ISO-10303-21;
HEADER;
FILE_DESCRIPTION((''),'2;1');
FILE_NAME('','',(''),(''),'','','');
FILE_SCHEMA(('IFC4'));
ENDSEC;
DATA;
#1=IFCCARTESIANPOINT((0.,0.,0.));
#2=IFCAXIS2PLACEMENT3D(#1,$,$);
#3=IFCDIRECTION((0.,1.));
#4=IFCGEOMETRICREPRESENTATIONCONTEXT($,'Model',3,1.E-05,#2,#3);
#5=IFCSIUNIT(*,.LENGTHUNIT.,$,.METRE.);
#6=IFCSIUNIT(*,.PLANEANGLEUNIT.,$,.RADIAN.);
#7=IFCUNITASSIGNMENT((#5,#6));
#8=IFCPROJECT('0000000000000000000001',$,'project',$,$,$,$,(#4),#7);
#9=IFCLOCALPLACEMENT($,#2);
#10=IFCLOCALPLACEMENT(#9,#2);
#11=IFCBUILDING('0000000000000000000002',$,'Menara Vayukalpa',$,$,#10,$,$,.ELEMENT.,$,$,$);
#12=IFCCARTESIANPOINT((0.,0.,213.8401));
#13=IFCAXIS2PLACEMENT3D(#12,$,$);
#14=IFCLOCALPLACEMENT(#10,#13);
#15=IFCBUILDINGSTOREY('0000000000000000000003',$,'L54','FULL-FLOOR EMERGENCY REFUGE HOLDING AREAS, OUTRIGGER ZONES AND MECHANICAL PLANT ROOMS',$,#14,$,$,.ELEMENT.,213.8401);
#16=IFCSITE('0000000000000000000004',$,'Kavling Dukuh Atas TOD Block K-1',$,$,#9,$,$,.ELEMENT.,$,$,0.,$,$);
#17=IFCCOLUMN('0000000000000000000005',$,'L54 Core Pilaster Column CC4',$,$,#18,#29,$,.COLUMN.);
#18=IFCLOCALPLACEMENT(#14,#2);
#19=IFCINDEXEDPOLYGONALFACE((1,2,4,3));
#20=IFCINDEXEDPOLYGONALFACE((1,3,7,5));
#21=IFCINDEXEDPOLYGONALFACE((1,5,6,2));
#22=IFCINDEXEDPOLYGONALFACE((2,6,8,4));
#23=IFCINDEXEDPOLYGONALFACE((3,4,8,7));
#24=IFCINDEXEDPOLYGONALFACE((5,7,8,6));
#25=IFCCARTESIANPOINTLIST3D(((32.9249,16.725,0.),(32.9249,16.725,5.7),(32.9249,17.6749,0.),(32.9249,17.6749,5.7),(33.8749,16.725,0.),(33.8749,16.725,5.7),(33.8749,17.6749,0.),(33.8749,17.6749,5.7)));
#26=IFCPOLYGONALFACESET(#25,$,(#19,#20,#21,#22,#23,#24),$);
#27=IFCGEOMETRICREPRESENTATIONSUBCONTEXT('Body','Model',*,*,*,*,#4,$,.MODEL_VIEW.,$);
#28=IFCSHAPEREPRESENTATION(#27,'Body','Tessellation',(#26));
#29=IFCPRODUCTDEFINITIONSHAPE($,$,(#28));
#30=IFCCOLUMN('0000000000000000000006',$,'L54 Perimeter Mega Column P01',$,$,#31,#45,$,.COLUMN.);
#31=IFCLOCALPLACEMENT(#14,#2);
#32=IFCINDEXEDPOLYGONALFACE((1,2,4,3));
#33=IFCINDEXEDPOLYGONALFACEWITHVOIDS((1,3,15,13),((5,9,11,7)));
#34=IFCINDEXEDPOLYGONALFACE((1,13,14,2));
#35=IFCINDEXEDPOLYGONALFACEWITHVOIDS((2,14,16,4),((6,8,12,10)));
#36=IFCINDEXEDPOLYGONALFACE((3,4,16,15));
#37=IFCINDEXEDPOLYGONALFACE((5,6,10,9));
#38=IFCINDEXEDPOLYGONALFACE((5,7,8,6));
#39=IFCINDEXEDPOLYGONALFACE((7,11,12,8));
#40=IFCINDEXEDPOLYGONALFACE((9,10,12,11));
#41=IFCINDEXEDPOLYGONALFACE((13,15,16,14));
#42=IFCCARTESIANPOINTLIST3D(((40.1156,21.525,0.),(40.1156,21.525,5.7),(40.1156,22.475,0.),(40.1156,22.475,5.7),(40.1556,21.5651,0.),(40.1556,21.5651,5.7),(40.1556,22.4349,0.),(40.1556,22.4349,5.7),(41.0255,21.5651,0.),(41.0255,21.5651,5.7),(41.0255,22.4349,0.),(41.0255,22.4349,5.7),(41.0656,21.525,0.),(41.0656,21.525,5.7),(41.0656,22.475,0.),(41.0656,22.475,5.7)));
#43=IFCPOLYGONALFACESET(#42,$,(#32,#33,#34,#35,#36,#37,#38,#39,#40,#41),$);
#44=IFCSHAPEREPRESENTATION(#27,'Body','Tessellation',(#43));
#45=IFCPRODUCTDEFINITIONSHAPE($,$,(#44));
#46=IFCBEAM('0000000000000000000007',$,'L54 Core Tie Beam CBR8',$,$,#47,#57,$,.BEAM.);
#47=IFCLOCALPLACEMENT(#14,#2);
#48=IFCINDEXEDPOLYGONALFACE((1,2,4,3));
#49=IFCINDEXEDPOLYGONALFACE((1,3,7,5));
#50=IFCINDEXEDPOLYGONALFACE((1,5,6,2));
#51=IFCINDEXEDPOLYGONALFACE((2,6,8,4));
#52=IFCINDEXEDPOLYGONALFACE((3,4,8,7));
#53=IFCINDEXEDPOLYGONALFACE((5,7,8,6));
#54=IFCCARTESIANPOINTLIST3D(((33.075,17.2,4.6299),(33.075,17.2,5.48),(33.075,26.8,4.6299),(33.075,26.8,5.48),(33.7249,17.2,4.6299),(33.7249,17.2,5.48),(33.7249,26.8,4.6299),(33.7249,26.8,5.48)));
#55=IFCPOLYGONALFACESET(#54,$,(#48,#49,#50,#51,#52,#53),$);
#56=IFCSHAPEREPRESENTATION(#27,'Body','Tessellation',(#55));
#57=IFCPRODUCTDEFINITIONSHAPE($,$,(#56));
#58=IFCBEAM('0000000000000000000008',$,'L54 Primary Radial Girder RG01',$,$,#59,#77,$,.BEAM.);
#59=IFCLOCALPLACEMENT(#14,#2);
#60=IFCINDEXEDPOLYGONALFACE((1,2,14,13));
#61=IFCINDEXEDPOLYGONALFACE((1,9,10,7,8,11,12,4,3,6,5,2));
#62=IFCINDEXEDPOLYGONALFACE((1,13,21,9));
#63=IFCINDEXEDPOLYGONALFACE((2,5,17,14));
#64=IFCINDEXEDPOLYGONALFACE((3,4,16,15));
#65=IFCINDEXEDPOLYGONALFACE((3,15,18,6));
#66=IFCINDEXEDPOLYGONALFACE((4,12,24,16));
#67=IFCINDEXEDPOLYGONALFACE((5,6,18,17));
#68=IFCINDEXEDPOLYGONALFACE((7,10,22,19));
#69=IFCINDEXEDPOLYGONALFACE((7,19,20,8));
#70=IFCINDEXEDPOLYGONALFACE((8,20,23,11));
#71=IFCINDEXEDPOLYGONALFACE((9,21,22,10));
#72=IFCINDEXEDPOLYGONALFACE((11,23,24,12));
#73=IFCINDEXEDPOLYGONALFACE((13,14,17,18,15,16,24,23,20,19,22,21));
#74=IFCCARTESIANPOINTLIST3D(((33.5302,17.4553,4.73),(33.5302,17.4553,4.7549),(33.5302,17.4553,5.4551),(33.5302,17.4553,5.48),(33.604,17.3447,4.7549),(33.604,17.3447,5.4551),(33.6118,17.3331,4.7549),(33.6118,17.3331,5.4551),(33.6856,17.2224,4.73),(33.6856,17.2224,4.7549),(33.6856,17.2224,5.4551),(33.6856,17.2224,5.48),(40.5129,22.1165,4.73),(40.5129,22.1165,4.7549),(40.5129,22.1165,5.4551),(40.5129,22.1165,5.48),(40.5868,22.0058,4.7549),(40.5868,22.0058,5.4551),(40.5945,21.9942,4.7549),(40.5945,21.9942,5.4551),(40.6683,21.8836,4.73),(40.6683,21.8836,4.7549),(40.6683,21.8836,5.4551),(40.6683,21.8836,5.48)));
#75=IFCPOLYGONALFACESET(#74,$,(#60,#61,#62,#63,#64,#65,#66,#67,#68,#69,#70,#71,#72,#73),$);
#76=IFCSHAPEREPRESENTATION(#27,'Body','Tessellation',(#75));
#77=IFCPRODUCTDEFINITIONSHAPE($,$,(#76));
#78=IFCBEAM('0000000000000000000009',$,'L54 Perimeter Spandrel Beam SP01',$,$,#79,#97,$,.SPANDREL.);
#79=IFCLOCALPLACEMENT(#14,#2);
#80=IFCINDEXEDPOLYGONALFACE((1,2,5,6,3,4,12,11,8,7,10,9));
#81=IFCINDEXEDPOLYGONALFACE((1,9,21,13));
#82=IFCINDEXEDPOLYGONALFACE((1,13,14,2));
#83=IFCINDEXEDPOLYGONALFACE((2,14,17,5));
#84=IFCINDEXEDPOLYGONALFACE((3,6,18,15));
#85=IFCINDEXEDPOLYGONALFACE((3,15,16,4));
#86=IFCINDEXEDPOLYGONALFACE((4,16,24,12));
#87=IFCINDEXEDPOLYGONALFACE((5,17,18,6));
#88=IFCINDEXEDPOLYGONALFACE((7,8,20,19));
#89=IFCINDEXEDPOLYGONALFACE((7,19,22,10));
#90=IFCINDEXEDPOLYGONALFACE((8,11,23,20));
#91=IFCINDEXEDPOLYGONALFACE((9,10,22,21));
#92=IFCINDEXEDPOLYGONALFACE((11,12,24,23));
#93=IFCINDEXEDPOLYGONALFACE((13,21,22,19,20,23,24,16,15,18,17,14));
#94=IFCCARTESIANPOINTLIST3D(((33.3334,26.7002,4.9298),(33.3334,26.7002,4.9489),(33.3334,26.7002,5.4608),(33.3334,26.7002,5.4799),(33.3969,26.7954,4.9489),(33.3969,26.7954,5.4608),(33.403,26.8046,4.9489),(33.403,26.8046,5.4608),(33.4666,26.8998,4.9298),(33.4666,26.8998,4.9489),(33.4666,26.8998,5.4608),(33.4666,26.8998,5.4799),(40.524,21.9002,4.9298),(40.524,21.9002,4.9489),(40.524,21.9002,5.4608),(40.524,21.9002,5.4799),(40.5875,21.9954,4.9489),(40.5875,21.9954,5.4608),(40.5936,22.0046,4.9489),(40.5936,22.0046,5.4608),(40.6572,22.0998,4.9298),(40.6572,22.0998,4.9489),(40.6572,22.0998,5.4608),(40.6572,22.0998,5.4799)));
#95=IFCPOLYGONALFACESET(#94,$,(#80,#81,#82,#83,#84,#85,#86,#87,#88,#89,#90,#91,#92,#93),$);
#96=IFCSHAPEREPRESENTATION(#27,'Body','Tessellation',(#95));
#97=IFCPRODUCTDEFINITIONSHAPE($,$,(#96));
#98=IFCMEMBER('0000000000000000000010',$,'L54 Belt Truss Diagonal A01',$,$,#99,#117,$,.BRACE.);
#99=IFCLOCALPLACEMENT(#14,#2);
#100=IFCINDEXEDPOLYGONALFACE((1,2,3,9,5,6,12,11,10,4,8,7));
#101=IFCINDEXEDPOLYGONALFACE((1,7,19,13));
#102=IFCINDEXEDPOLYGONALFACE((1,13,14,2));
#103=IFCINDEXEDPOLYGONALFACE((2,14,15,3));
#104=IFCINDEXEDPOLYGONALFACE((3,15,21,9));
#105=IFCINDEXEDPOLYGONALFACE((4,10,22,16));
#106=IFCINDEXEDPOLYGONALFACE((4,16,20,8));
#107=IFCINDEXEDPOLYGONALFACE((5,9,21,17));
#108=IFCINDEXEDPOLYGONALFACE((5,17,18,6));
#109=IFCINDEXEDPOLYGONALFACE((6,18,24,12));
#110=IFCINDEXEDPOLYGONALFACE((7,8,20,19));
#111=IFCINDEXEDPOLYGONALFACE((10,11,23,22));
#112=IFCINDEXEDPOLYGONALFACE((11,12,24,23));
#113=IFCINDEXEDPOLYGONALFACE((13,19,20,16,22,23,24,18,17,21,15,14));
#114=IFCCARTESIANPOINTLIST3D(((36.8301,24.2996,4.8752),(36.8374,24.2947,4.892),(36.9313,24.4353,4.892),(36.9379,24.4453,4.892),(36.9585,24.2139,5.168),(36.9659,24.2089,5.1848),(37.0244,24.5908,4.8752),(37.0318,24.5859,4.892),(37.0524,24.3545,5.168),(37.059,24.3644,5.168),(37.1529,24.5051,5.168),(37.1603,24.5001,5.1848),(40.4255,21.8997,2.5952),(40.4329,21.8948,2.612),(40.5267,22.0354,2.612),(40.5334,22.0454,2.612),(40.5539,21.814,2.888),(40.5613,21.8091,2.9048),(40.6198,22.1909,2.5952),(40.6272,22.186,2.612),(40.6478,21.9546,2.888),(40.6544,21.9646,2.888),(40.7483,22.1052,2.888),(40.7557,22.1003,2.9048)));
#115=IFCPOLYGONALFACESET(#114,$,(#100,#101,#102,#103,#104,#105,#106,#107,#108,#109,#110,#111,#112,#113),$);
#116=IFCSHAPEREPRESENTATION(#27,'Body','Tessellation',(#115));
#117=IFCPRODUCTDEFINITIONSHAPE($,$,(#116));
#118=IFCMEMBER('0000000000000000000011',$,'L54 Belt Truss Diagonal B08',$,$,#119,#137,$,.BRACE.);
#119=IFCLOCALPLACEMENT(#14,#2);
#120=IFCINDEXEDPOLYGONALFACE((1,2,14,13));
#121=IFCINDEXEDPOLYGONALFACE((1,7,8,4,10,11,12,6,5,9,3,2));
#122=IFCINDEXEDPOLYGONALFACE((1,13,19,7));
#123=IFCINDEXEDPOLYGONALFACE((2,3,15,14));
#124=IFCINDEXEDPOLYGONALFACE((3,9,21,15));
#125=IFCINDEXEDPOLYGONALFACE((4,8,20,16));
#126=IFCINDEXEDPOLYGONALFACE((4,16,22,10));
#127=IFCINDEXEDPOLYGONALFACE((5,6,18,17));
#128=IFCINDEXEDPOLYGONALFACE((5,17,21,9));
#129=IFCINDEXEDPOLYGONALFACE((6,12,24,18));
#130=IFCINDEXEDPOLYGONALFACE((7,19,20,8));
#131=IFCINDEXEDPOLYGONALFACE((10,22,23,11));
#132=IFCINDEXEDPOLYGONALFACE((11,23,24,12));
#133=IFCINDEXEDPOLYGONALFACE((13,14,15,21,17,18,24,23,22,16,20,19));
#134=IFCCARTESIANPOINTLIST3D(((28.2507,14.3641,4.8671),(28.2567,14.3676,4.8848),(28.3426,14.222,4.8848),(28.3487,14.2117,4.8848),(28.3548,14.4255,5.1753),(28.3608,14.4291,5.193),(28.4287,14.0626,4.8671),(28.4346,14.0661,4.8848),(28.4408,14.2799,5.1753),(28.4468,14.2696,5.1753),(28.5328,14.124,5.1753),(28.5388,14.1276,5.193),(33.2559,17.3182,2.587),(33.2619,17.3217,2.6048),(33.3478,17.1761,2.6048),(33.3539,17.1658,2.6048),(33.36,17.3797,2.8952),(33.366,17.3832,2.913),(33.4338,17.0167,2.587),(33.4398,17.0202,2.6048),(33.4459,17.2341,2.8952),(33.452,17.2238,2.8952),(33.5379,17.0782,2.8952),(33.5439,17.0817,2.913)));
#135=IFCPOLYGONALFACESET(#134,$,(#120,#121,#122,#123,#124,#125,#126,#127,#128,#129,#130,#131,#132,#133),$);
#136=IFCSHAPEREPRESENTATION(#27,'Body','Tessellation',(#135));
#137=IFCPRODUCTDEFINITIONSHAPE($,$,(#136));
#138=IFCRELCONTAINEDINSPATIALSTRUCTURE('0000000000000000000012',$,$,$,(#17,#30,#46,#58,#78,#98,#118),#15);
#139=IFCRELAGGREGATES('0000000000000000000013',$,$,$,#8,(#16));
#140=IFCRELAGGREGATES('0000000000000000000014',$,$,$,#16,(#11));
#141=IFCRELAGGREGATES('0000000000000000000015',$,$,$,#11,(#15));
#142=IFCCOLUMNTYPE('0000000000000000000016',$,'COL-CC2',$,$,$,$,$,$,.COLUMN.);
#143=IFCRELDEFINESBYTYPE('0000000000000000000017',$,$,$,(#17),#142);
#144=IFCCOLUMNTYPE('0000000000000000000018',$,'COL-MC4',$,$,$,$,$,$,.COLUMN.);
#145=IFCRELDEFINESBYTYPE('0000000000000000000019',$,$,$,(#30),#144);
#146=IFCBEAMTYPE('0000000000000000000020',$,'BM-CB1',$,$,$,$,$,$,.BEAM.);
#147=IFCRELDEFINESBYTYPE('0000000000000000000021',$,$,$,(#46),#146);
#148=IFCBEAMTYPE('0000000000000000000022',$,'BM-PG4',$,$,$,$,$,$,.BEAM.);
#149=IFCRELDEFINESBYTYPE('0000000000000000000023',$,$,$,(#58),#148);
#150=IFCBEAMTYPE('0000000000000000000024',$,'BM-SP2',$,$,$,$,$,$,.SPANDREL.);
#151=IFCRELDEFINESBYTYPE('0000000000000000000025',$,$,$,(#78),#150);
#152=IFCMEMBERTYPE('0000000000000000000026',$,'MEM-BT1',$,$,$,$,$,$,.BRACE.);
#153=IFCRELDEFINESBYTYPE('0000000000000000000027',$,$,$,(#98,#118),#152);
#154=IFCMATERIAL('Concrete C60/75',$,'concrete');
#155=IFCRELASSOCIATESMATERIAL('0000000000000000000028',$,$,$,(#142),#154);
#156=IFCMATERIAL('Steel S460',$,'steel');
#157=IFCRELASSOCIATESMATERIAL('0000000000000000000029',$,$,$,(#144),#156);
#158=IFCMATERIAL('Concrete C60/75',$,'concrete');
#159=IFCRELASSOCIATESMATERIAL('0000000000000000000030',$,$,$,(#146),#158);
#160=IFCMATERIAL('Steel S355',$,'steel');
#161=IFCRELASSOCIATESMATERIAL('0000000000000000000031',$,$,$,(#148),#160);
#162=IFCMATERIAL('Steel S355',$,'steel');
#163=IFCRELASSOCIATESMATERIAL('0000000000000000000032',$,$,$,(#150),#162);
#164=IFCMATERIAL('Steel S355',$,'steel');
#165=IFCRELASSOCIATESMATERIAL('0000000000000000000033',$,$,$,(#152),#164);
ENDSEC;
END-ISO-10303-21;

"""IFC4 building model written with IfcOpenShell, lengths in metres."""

from ifc_helpers import new_model, si_unit, direction, frame, origin, origin_2d, place, context, subcontext, project, spatial, rectangle, hollow_rectangle, i_section, extrude, material, material_profile, profile_set, type_object, element, save


model = new_model("IFC4")

# Units and contexts
model_context = context("Model", 3, precision=1e-05, world=origin(), true_north=direction((0.0, 1.0)))
body_context = subcontext(model_context, "Body", "Model", "MODEL_VIEW")
ifc_project = project(units=[si_unit("LENGTHUNIT", "METRE"), si_unit("PLANEANGLEUNIT", "RADIAN")], contexts=[model_context])

# Site, building, storey
site_placement = place(None, origin())
site = spatial("IfcSite", under=ifc_project, at=site_placement, Name="Kavling Dukuh Atas TOD Block K-1", CompositionType="ELEMENT", RefElevation=0.0)
building_placement = place(site_placement, origin())
building = spatial("IfcBuilding", under=site, at=building_placement, Name="Menara Vayukalpa", CompositionType="ELEMENT")
storey_placement = place(building_placement, frame((0.0, 0.0, 213.8401)))
storey = spatial("IfcBuildingStorey", under=building, at=storey_placement, Name="L54", Description="FULL-FLOOR EMERGENCY REFUGE HOLDING AREAS, OUTRIGGER ZONES AND MECHANICAL PLANT ROOMS", CompositionType="ELEMENT", Elevation=213.8401)

# Columns
ifc_material_1 = material(Name="Concrete C60/75", Category="concrete")
ifc_material_profile_1 = material_profile(ifc_material_1, rectangle(XDim=0.95, YDim=0.95, at=origin_2d()), Name="RC 950x950")
ifc_profile_set_1 = profile_set([ifc_material_profile_1], Name="Concrete C60/75")
column_type_1 = type_object("IfcColumnType", Name="COL-CC2", PredefinedType="COLUMN", material=ifc_profile_set_1)
column_1_placement = place(storey_placement, frame((33.3999, 17.2, 0.0), z_axis=(0.0, 0.0, 1.0), x_axis=(1.0, 0.0, 0.0)))
element("IfcColumn", 1, at=column_1_placement, inside=storey, type_object=column_type_1, Name="L54 Core Pilaster Column CC4", PredefinedType="COLUMN", context=body_context, shape_type="SweptSolid", body=[
    extrude(rectangle(XDim=0.95, YDim=0.95, at=origin_2d()), origin(), (0.0, 0.0, 1.0), 5.7),
])
ifc_material_2 = material(Name="Steel S460", Category="steel")
ifc_material_profile_2 = material_profile(ifc_material_2, hollow_rectangle(XDim=0.95, YDim=0.95, WallThickness=0.04, at=origin_2d()), Name="BOX 950x950x40")
ifc_profile_set_2 = profile_set([ifc_material_profile_2], Name="Steel S460")
column_type_2 = type_object("IfcColumnType", Name="COL-MC4", PredefinedType="COLUMN", material=ifc_profile_set_2)
column_2_placement = place(storey_placement, frame((40.5906, 22.0, 0.0), z_axis=(0.0, 0.0, 1.0), x_axis=(1.0, 0.0, 0.0)))
element("IfcColumn", 2, at=column_2_placement, inside=storey, type_object=column_type_2, Name="L54 Perimeter Mega Column P01", PredefinedType="COLUMN", context=body_context, shape_type="SweptSolid", body=[
    extrude(hollow_rectangle(XDim=0.95, YDim=0.95, WallThickness=0.04, at=origin_2d()), origin(), (0.0, 0.0, 1.0), 5.7),
])

# Beams
ifc_material_3 = material(Name="Concrete C60/75", Category="concrete")
ifc_material_profile_3 = material_profile(ifc_material_3, rectangle(XDim=0.6499, YDim=0.8501, at=origin_2d()), Name="RC 650x850")
ifc_profile_set_3 = profile_set([ifc_material_profile_3], Name="Concrete C60/75")
beam_type_1 = type_object("IfcBeamType", Name="BM-CB1", PredefinedType="BEAM", material=ifc_profile_set_3)
beam_1_placement = place(storey_placement, frame((33.3999, 17.2, 5.0549), z_axis=(0.0, 1.0, 0.0), x_axis=(-1.0, 0.0, 0.0)))
element("IfcBeam", 3, at=beam_1_placement, inside=storey, type_object=beam_type_1, Name="L54 Core Tie Beam CBR8", PredefinedType="BEAM", context=body_context, shape_type="SweptSolid", body=[
    extrude(rectangle(XDim=0.6499, YDim=0.8501, at=origin_2d()), origin(), (0.0, 0.0, 1.0), 9.6001),
])
ifc_material_4 = material(Name="Steel S355", Category="steel")
ifc_material_profile_4 = material_profile(ifc_material_4, i_section(OverallWidth=0.28, OverallDepth=0.75, WebThickness=0.0139, FlangeThickness=0.0249, at=origin_2d()), Name="WF 750x280x14x25")
ifc_profile_set_4 = profile_set([ifc_material_profile_4], Name="Steel S355")
beam_type_2 = type_object("IfcBeamType", Name="BM-PG4", PredefinedType="BEAM", material=ifc_profile_set_4)
beam_2_placement = place(storey_placement, frame((33.6079, 17.3389, 5.105), z_axis=(0.831719, 0.555197, 0.0), x_axis=(-0.555197, 0.831719, 0.0)))
element("IfcBeam", 4, at=beam_2_placement, inside=storey, type_object=beam_type_2, Name="L54 Primary Radial Girder RG01", PredefinedType="BEAM", context=body_context, shape_type="SweptSolid", body=[
    extrude(i_section(OverallWidth=0.28, OverallDepth=0.75, WebThickness=0.0139, FlangeThickness=0.0249, at=origin_2d()), origin(), (0.0, 0.0, 1.0), 8.3955),
])
ifc_material_5 = material(Name="Steel S355", Category="steel")
ifc_material_profile_5 = material_profile(ifc_material_5, i_section(OverallWidth=0.24, OverallDepth=0.55, WebThickness=0.011, FlangeThickness=0.019, at=origin_2d()), Name="WF 550x240x11x19")
ifc_profile_set_5 = profile_set([ifc_material_profile_5], Name="Steel S355")
beam_type_3 = type_object("IfcBeamType", Name="BM-SP2", PredefinedType="SPANDREL", material=ifc_profile_set_5)
beam_3_placement = place(storey_placement, frame((40.5906, 22.0, 5.2048), z_axis=(-0.831716, 0.555202, 0.0), x_axis=(-0.555202, -0.831716, 0.0)))
element("IfcBeam", 5, at=beam_3_placement, inside=storey, type_object=beam_type_3, Name="L54 Perimeter Spandrel Beam SP01", PredefinedType="SPANDREL", context=body_context, shape_type="SweptSolid", body=[
    extrude(i_section(OverallWidth=0.24, OverallDepth=0.55, WebThickness=0.011, FlangeThickness=0.019, at=origin_2d()), origin(), (0.0, 0.0, 1.0), 8.6455),
])

# Members
ifc_material_6 = material(Name="Steel S355", Category="steel")
ifc_material_profile_6 = material_profile(ifc_material_6, i_section(OverallWidth=0.3501, OverallDepth=0.3501, WebThickness=0.012, FlangeThickness=0.019, at=origin_2d()), Name="H 350x350x12x19")
ifc_profile_set_6 = profile_set([ifc_material_profile_6], Name="Steel S355")
member_type_1 = type_object("IfcMemberType", Name="MEM-BT1", PredefinedType="BRACE", material=ifc_profile_set_6)
member_1_placement = place(storey_placement, frame((40.5906, 22.0, 2.75), z_axis=(-0.735679, 0.491052, 0.466524), x_axis=(-0.555169, -0.831737, 0.0)))
element("IfcMember", 6, at=member_1_placement, inside=storey, type_object=member_type_1, Name="L54 Belt Truss Diagonal A01", PredefinedType="BRACE", context=body_context, shape_type="SweptSolid", body=[
    extrude(i_section(OverallWidth=0.3501, OverallDepth=0.3501, WebThickness=0.012, FlangeThickness=0.019, at=origin_2d()), origin(), (0.0, 0.0, 1.0), 4.8872),
])
member_2_placement = place(storey_placement, frame((33.3999, 17.2, 2.75), z_axis=(-0.801703, -0.473177, 0.365207), x_axis=(0.508286, -0.861188, 0.0)))
element("IfcMember", 7, at=member_2_placement, inside=storey, type_object=member_type_1, Name="L54 Belt Truss Diagonal B08", PredefinedType="BRACE", context=body_context, shape_type="SweptSolid", body=[
    extrude(i_section(OverallWidth=0.3501, OverallDepth=0.3501, WebThickness=0.012, FlangeThickness=0.019, at=origin_2d()), origin(), (0.0, 0.0, 1.0), 6.2432),
])

save(model, "model.ifc")
